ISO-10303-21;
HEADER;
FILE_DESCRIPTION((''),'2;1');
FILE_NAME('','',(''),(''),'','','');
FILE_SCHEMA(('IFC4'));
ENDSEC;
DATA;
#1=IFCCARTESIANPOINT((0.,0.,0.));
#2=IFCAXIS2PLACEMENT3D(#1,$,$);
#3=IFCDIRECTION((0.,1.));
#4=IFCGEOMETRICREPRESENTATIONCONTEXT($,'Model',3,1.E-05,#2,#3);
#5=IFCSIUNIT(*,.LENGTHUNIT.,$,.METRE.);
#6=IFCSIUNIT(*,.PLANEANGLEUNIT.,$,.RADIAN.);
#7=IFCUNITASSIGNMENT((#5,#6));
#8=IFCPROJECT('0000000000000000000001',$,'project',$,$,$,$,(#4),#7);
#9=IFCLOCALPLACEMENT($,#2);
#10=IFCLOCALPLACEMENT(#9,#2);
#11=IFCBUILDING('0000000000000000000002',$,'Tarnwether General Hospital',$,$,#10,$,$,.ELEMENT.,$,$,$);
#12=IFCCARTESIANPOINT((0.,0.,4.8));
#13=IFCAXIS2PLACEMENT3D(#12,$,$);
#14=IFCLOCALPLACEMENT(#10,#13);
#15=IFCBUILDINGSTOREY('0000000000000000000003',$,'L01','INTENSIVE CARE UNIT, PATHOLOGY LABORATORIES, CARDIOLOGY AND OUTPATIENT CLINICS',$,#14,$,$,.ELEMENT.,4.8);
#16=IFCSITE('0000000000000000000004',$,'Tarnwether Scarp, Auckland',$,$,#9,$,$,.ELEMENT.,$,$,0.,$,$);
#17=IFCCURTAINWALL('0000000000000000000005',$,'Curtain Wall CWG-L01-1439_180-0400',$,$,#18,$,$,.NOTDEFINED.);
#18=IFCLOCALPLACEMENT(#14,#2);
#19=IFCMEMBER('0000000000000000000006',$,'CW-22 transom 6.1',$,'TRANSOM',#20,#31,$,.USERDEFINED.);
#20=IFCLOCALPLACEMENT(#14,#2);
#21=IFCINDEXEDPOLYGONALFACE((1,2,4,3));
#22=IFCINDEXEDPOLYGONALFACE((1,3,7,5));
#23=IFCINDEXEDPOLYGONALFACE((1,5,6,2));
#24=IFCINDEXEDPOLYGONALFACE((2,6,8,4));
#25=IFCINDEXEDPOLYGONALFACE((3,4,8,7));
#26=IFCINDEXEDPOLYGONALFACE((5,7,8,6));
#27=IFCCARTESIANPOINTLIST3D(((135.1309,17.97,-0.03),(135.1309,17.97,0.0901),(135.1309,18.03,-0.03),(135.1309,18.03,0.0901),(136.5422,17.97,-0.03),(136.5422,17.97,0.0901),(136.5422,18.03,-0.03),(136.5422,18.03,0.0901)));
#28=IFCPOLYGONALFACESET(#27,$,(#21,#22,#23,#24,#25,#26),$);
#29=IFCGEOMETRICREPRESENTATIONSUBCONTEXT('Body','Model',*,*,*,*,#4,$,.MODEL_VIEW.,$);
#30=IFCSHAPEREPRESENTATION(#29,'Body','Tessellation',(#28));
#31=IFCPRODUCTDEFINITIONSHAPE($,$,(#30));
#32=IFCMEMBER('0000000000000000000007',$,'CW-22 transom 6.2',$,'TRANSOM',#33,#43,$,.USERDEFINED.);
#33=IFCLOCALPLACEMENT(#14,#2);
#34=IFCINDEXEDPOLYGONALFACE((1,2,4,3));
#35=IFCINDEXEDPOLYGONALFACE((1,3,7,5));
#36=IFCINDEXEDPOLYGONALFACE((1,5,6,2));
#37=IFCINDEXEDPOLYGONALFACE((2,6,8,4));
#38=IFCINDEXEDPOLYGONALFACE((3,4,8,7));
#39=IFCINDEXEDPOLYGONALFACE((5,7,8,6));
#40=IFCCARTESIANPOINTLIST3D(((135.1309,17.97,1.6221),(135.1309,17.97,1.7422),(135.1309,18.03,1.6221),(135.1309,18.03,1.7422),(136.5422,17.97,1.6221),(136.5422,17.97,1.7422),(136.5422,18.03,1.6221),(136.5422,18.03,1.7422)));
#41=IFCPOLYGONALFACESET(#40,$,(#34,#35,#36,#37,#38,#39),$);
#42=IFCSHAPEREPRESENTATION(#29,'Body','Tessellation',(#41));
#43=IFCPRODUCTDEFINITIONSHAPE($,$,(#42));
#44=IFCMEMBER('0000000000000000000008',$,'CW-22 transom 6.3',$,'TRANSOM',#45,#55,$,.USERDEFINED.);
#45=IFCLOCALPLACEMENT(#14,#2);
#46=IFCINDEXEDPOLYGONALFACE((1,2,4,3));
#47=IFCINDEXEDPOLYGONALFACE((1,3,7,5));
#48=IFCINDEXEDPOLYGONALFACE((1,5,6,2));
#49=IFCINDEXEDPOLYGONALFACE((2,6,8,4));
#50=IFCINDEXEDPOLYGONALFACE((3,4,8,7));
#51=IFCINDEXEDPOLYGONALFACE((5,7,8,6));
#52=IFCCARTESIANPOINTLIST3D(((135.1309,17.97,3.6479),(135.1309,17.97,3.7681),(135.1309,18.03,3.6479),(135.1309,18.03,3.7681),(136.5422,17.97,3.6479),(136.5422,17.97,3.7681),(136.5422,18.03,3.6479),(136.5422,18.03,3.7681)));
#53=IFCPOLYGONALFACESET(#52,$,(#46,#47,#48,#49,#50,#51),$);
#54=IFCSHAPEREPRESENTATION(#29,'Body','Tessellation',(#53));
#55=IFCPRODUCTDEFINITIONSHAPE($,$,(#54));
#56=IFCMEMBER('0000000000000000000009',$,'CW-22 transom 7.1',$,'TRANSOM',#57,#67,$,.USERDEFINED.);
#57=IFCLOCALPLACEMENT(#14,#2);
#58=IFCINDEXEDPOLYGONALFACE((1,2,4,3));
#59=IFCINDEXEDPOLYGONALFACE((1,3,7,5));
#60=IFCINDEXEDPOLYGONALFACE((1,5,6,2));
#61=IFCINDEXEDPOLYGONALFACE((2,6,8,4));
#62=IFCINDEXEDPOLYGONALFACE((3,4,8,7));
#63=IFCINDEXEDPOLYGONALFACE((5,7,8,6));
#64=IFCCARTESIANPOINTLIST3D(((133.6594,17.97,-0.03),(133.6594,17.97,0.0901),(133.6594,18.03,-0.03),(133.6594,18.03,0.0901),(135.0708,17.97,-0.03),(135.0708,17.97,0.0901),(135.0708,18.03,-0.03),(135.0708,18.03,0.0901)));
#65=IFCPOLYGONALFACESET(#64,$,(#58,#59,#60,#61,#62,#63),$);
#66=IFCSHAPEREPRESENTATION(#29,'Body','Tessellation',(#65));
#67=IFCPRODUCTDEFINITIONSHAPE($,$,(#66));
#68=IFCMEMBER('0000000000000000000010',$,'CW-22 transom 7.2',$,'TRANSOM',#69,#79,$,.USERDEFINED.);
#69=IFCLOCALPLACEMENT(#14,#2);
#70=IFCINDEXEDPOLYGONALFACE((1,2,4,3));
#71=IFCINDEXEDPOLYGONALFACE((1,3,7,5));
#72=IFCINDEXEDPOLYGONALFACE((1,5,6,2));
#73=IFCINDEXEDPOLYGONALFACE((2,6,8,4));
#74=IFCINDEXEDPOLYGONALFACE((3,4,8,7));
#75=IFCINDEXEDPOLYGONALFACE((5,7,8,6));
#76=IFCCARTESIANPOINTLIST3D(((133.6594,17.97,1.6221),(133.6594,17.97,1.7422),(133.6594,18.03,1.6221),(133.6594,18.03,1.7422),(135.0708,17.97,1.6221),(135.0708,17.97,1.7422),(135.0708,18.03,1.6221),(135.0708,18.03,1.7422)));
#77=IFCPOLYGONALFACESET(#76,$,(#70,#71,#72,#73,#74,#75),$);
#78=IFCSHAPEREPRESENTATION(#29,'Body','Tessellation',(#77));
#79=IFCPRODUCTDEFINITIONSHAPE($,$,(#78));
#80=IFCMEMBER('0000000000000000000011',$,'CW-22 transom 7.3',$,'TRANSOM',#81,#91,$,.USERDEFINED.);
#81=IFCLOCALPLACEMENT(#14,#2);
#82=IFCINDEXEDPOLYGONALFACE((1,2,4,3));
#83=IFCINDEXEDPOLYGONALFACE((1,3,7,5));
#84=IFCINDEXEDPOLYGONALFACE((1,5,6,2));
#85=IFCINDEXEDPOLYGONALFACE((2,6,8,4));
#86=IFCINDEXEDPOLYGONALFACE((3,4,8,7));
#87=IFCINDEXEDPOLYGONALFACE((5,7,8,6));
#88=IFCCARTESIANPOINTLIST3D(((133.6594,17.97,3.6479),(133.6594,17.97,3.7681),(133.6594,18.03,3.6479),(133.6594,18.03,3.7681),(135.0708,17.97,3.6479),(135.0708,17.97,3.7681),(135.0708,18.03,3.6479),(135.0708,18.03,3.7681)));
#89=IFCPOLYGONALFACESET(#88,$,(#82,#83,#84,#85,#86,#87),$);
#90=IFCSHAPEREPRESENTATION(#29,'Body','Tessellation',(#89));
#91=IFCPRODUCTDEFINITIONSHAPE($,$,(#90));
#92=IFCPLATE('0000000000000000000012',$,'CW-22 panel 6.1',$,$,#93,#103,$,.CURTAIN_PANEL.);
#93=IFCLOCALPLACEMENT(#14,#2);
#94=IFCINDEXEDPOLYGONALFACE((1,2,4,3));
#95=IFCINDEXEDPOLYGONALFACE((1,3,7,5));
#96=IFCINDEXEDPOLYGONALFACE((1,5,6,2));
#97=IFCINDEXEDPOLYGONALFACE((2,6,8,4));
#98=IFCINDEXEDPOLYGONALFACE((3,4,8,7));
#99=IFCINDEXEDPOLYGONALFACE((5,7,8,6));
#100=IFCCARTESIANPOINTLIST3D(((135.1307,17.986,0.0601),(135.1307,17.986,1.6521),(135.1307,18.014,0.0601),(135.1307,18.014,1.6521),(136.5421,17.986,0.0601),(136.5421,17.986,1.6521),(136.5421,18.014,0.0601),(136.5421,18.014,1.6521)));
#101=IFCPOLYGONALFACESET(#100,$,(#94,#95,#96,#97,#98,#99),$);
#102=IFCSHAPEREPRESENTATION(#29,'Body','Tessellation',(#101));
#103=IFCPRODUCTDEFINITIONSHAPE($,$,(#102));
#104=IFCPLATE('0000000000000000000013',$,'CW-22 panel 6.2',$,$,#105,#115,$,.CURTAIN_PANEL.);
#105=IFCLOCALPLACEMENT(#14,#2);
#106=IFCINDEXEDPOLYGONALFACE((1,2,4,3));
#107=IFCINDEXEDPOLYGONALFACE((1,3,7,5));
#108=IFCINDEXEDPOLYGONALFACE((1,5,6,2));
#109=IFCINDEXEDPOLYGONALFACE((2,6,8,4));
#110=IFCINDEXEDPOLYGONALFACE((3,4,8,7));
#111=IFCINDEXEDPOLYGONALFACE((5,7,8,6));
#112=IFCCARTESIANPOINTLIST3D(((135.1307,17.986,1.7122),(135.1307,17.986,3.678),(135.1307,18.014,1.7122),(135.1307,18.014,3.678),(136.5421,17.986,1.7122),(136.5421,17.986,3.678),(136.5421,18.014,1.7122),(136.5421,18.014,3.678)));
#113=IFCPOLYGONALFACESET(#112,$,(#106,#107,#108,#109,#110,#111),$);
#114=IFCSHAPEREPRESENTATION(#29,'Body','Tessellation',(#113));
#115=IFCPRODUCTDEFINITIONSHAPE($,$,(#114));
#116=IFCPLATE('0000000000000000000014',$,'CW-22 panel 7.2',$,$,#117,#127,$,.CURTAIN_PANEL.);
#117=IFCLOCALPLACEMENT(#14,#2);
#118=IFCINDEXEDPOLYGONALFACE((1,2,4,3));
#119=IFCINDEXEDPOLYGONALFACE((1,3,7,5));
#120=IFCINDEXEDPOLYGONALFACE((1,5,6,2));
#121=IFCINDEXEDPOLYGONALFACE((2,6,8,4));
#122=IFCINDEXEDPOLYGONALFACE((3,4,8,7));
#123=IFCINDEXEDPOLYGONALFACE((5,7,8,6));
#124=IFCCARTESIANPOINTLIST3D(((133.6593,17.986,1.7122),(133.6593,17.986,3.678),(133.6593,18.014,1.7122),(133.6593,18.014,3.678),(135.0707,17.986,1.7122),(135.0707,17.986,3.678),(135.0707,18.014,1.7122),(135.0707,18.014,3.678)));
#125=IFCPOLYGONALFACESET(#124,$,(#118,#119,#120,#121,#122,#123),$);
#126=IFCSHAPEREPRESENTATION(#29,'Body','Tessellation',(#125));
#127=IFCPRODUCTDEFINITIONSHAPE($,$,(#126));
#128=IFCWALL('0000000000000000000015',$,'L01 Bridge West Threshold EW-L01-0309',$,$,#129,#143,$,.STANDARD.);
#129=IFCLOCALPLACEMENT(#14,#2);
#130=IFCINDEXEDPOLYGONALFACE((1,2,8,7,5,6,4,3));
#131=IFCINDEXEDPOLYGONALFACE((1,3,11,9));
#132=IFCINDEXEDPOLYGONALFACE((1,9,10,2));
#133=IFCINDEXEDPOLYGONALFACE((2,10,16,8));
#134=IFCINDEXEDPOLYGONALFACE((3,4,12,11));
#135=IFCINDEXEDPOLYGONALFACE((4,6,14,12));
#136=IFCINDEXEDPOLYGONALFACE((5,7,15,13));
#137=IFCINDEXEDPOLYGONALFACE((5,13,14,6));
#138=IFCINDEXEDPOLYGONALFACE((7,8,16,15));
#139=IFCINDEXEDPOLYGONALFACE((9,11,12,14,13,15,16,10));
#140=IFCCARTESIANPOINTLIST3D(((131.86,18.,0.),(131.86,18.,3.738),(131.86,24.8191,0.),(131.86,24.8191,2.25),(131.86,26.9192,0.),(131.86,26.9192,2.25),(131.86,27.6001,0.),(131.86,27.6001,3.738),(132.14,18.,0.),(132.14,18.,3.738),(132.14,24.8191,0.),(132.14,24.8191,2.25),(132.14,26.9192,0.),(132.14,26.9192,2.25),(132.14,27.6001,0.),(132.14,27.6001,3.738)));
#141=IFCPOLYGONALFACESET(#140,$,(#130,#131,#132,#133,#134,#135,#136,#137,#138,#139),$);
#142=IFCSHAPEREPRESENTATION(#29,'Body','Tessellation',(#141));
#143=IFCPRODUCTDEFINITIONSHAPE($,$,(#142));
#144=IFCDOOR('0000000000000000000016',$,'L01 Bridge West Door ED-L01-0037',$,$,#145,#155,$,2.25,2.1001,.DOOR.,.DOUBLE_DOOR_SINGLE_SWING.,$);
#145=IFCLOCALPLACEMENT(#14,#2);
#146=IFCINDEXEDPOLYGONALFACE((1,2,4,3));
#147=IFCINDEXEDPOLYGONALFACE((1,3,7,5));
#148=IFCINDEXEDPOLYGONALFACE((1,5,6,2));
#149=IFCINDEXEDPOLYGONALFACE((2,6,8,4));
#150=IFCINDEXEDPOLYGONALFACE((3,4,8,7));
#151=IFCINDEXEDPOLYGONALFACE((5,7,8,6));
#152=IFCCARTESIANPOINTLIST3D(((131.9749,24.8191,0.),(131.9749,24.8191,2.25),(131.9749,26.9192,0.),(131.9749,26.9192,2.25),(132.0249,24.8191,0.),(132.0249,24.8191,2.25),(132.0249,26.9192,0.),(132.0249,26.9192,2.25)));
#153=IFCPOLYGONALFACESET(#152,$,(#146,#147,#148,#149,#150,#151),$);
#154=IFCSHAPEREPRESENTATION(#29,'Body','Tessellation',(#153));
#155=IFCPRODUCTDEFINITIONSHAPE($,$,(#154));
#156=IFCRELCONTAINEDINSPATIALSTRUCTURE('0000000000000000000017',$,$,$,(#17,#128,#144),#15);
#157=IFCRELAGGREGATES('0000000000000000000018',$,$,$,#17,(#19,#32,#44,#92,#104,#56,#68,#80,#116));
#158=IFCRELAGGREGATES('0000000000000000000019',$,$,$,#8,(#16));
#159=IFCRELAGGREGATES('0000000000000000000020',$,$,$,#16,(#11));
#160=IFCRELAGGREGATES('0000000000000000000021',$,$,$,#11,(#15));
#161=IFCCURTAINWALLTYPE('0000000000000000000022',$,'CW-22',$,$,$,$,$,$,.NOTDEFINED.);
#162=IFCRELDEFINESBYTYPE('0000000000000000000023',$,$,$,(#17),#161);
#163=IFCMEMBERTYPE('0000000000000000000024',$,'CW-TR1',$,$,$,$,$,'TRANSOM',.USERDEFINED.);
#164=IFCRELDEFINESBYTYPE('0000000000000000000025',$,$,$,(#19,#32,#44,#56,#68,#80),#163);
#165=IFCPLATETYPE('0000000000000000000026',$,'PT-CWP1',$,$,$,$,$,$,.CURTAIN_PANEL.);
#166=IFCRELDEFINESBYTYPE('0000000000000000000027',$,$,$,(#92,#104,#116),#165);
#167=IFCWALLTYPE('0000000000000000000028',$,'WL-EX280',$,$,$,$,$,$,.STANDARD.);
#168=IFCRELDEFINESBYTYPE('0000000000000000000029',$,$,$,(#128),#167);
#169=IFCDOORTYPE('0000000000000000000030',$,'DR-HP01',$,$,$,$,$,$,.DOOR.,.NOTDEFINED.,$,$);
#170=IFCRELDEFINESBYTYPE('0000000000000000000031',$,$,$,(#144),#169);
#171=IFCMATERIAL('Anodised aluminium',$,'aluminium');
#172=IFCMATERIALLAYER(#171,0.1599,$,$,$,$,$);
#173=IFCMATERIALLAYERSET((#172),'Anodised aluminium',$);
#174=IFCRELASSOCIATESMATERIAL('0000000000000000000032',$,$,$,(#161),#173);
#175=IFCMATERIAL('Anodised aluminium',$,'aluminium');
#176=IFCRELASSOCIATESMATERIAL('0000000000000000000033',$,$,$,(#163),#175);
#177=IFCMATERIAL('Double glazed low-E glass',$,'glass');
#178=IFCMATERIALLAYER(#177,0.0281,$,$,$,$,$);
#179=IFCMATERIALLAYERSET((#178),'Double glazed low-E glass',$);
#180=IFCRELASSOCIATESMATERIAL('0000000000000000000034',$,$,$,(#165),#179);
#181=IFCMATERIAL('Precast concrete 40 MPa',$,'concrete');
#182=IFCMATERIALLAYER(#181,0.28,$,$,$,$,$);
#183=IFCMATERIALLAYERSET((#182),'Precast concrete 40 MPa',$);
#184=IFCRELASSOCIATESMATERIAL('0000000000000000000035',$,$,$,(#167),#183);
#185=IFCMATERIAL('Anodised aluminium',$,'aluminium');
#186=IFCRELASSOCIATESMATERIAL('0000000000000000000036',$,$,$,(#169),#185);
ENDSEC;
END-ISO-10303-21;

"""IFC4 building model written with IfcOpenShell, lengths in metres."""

from ifc_helpers import new_model, si_unit, direction, frame, frame_2d, origin, origin_2d, place, context, subcontext, project, spatial, rectangle, extrude, material, layer, layer_set, material_profile, profile_set, type_object, element, fill, aggregate, save


model = new_model("IFC4")

# Units and contexts
model_context = context("Model", 3, precision=1e-05, world=origin(), true_north=direction((0.0, 1.0)))
body_context = subcontext(model_context, "Body", "Model", "MODEL_VIEW")
ifc_project = project(units=[si_unit("LENGTHUNIT", "METRE"), si_unit("PLANEANGLEUNIT", "RADIAN")], contexts=[model_context])

# Site, building, storey
site_placement = place(None, origin())
site = spatial("IfcSite", under=ifc_project, at=site_placement, Name="Tarnwether Scarp, Auckland", CompositionType="ELEMENT", RefElevation=0.0)
building_placement = place(site_placement, origin())
building = spatial("IfcBuilding", under=site, at=building_placement, Name="Tarnwether General Hospital", CompositionType="ELEMENT")
storey_placement = place(building_placement, frame((0.0, 0.0, 4.8)))
storey = spatial("IfcBuildingStorey", under=building, at=storey_placement, Name="L01", Description="INTENSIVE CARE UNIT, PATHOLOGY LABORATORIES, CARDIOLOGY AND OUTPATIENT CLINICS", CompositionType="ELEMENT", Elevation=4.8)

# Curtain wall
ifc_material_1 = material(Name="Anodised aluminium", Category="aluminium")
ifc_layer_1 = layer(ifc_material_1, 0.1599)
ifc_layer_set_1 = layer_set([ifc_layer_1], Name="Anodised aluminium")
curtain_wall_type_1 = type_object("IfcCurtainWallType", Name="CW-22", PredefinedType="NOTDEFINED", material=ifc_layer_set_1)
curtain_wall_1_placement = place(storey_placement, origin())
curtain_wall_1 = element("IfcCurtainWall", 1, at=curtain_wall_1_placement, inside=storey, type_object=curtain_wall_type_1, Name="Curtain Wall CWG-L01-1439_180-0400", PredefinedType="NOTDEFINED")

# Members
ifc_material_2 = material(Name="Anodised aluminium", Category="aluminium")
ifc_material_profile_1 = material_profile(ifc_material_2, rectangle(XDim=0.0601, YDim=0.1201, at=origin_2d()), Name="ALU-TRN-60x120")
ifc_profile_set_1 = profile_set([ifc_material_profile_1], Name="Anodised aluminium")
member_type_1 = type_object("IfcMemberType", Name="CW-TR1", ElementType="TRANSOM", PredefinedType="USERDEFINED", material=ifc_profile_set_1)
member_1_placement = place(storey_placement, frame((136.5422, 18.0, 0.03), z_axis=(-1.0, 0.0, 0.0), x_axis=(0.0, -1.0, 0.0)))
member_1 = element("IfcMember", 2, at=member_1_placement, type_object=member_type_1, Name="CW-22 transom 6.1", ObjectType="TRANSOM", PredefinedType="USERDEFINED", context=body_context, shape_type="SweptSolid", body=[
    extrude(rectangle(XDim=0.0601, YDim=0.1201, at=origin_2d()), origin(), (0.0, 0.0, 1.0), 1.4114),
])
member_2_placement = place(storey_placement, frame((136.5422, 18.0, 1.6821), z_axis=(-1.0, 0.0, 0.0), x_axis=(0.0, -1.0, 0.0)))
member_2 = element("IfcMember", 3, at=member_2_placement, type_object=member_type_1, Name="CW-22 transom 6.2", ObjectType="TRANSOM", PredefinedType="USERDEFINED", context=body_context, shape_type="SweptSolid", body=[
    extrude(rectangle(XDim=0.0601, YDim=0.1201, at=origin_2d()), origin(), (0.0, 0.0, 1.0), 1.4114),
])
member_3_placement = place(storey_placement, frame((136.5422, 18.0, 3.708), z_axis=(-1.0, 0.0, 0.0), x_axis=(0.0, -1.0, 0.0)))
member_3 = element("IfcMember", 4, at=member_3_placement, type_object=member_type_1, Name="CW-22 transom 6.3", ObjectType="TRANSOM", PredefinedType="USERDEFINED", context=body_context, shape_type="SweptSolid", body=[
    extrude(rectangle(XDim=0.0601, YDim=0.1201, at=origin_2d()), origin(), (0.0, 0.0, 1.0), 1.4114),
])
member_4_placement = place(storey_placement, frame((135.0708, 18.0, 0.03), z_axis=(-1.0, 0.0, 0.0), x_axis=(0.0, -1.0, 0.0)))
member_4 = element("IfcMember", 5, at=member_4_placement, type_object=member_type_1, Name="CW-22 transom 7.1", ObjectType="TRANSOM", PredefinedType="USERDEFINED", context=body_context, shape_type="SweptSolid", body=[
    extrude(rectangle(XDim=0.0601, YDim=0.1201, at=origin_2d()), origin(), (0.0, 0.0, 1.0), 1.4114),
])
member_5_placement = place(storey_placement, frame((135.0708, 18.0, 1.6821), z_axis=(-1.0, 0.0, 0.0), x_axis=(0.0, -1.0, 0.0)))
member_5 = element("IfcMember", 6, at=member_5_placement, type_object=member_type_1, Name="CW-22 transom 7.2", ObjectType="TRANSOM", PredefinedType="USERDEFINED", context=body_context, shape_type="SweptSolid", body=[
    extrude(rectangle(XDim=0.0601, YDim=0.1201, at=origin_2d()), origin(), (0.0, 0.0, 1.0), 1.4114),
])
member_6_placement = place(storey_placement, frame((135.0708, 18.0, 3.708), z_axis=(-1.0, 0.0, 0.0), x_axis=(0.0, -1.0, 0.0)))
member_6 = element("IfcMember", 7, at=member_6_placement, type_object=member_type_1, Name="CW-22 transom 7.3", ObjectType="TRANSOM", PredefinedType="USERDEFINED", context=body_context, shape_type="SweptSolid", body=[
    extrude(rectangle(XDim=0.0601, YDim=0.1201, at=origin_2d()), origin(), (0.0, 0.0, 1.0), 1.4114),
])

# Plates
ifc_material_3 = material(Name="Double glazed low-E glass", Category="glass")
ifc_layer_2 = layer(ifc_material_3, 0.0281)
ifc_layer_set_2 = layer_set([ifc_layer_2], Name="Double glazed low-E glass")
plate_type = type_object("IfcPlateType", Name="PT-CWP1", PredefinedType="CURTAIN_PANEL", material=ifc_layer_set_2)
plate_1_placement = place(storey_placement, frame((135.8364, 18.0, 0.0601), z_axis=(0.0, 0.0, 1.0), x_axis=(-1.0, 0.0, 0.0)))
plate_1 = element("IfcPlate", 8, at=plate_1_placement, type_object=plate_type, Name="CW-22 panel 6.1", PredefinedType="CURTAIN_PANEL", context=body_context, shape_type="SweptSolid", body=[
    extrude(rectangle(XDim=1.4114, YDim=0.0281, at=origin_2d()), origin(), (0.0, 0.0, 1.0), 1.592),
])
plate_2_placement = place(storey_placement, frame((135.8364, 18.0, 1.7122), z_axis=(0.0, 0.0, 1.0), x_axis=(-1.0, 0.0, 0.0)))
plate_2 = element("IfcPlate", 9, at=plate_2_placement, type_object=plate_type, Name="CW-22 panel 6.2", PredefinedType="CURTAIN_PANEL", context=body_context, shape_type="SweptSolid", body=[
    extrude(rectangle(XDim=1.4114, YDim=0.0281, at=origin_2d()), origin(), (0.0, 0.0, 1.0), 1.9658),
])
plate_3_placement = place(storey_placement, frame((134.365, 18.0, 1.7122), z_axis=(0.0, 0.0, 1.0), x_axis=(-1.0, 0.0, 0.0)))
plate_3 = element("IfcPlate", 10, at=plate_3_placement, type_object=plate_type, Name="CW-22 panel 7.2", PredefinedType="CURTAIN_PANEL", context=body_context, shape_type="SweptSolid", body=[
    extrude(rectangle(XDim=1.4114, YDim=0.0281, at=origin_2d()), origin(), (0.0, 0.0, 1.0), 1.9658),
])
aggregate(curtain_wall_1, [member_1, member_2, member_3, plate_1, plate_2, member_4, member_5, member_6, plate_3])

# Wall, opening, door
ifc_material_4 = material(Name="Precast concrete 40 MPa", Category="concrete")
ifc_layer_3 = layer(ifc_material_4, 0.28)
ifc_layer_set_3 = layer_set([ifc_layer_3], Name="Precast concrete 40 MPa")
wall_type = type_object("IfcWallType", Name="WL-EX280", PredefinedType="STANDARD", material=ifc_layer_set_3)
wall_placement = place(storey_placement, frame((132.0, 27.6001, 0.0), z_axis=(0.0, 0.0, 1.0), x_axis=(0.0, -1.0, 0.0)))
wall = element("IfcWall", 11, at=wall_placement, inside=storey, type_object=wall_type, Name="L01 Bridge West Threshold EW-L01-0309", PredefinedType="STANDARD", context=body_context, shape_type="SweptSolid", body=[
    extrude(rectangle(XDim=9.6001, YDim=0.28, at=frame_2d((4.8, 0.0))), origin(), (0.0, 0.0, 1.0), 3.738),
])
opening_placement = place(wall_placement, frame((0.6809, 0.0, 0.0)))
opening = element("IfcOpeningElement", 12, at=opening_placement, cuts=wall, PredefinedType="OPENING", context=body_context, shape_type="SweptSolid", body=[
    extrude(rectangle(XDim=2.1001, YDim=2.25, at=frame_2d((1.05, 1.125))), frame((0.0, 0.1499, 0.0), z_axis=(0.0, -1.0, 0.0), x_axis=(1.0, 0.0, 0.0)), (0.0, 0.0, 1.0), 0.3),
])
ifc_material_5 = material(Name="Anodised aluminium", Category="aluminium")
door_type = type_object("IfcDoorType", Name="DR-HP01", OperationType="NOTDEFINED", PredefinedType="DOOR", material=ifc_material_5)
door_placement = place(opening_placement, origin())
door = element("IfcDoor", 13, at=door_placement, inside=storey, type_object=door_type, Name="L01 Bridge West Door ED-L01-0037", OperationType="DOUBLE_DOOR_SINGLE_SWING", OverallHeight=2.25, OverallWidth=2.1001, PredefinedType="DOOR", context=body_context, shape_type="SweptSolid", body=[
    extrude(rectangle(XDim=2.1001, YDim=2.25, at=frame_2d((1.05, 1.125))), frame((0.0, 0.0249, 0.0), z_axis=(0.0, -1.0, 0.0), x_axis=(1.0, 0.0, 0.0)), (0.0, 0.0, 1.0), 0.05),
])
fill(opening, door)

save(model, "model.ifc")
